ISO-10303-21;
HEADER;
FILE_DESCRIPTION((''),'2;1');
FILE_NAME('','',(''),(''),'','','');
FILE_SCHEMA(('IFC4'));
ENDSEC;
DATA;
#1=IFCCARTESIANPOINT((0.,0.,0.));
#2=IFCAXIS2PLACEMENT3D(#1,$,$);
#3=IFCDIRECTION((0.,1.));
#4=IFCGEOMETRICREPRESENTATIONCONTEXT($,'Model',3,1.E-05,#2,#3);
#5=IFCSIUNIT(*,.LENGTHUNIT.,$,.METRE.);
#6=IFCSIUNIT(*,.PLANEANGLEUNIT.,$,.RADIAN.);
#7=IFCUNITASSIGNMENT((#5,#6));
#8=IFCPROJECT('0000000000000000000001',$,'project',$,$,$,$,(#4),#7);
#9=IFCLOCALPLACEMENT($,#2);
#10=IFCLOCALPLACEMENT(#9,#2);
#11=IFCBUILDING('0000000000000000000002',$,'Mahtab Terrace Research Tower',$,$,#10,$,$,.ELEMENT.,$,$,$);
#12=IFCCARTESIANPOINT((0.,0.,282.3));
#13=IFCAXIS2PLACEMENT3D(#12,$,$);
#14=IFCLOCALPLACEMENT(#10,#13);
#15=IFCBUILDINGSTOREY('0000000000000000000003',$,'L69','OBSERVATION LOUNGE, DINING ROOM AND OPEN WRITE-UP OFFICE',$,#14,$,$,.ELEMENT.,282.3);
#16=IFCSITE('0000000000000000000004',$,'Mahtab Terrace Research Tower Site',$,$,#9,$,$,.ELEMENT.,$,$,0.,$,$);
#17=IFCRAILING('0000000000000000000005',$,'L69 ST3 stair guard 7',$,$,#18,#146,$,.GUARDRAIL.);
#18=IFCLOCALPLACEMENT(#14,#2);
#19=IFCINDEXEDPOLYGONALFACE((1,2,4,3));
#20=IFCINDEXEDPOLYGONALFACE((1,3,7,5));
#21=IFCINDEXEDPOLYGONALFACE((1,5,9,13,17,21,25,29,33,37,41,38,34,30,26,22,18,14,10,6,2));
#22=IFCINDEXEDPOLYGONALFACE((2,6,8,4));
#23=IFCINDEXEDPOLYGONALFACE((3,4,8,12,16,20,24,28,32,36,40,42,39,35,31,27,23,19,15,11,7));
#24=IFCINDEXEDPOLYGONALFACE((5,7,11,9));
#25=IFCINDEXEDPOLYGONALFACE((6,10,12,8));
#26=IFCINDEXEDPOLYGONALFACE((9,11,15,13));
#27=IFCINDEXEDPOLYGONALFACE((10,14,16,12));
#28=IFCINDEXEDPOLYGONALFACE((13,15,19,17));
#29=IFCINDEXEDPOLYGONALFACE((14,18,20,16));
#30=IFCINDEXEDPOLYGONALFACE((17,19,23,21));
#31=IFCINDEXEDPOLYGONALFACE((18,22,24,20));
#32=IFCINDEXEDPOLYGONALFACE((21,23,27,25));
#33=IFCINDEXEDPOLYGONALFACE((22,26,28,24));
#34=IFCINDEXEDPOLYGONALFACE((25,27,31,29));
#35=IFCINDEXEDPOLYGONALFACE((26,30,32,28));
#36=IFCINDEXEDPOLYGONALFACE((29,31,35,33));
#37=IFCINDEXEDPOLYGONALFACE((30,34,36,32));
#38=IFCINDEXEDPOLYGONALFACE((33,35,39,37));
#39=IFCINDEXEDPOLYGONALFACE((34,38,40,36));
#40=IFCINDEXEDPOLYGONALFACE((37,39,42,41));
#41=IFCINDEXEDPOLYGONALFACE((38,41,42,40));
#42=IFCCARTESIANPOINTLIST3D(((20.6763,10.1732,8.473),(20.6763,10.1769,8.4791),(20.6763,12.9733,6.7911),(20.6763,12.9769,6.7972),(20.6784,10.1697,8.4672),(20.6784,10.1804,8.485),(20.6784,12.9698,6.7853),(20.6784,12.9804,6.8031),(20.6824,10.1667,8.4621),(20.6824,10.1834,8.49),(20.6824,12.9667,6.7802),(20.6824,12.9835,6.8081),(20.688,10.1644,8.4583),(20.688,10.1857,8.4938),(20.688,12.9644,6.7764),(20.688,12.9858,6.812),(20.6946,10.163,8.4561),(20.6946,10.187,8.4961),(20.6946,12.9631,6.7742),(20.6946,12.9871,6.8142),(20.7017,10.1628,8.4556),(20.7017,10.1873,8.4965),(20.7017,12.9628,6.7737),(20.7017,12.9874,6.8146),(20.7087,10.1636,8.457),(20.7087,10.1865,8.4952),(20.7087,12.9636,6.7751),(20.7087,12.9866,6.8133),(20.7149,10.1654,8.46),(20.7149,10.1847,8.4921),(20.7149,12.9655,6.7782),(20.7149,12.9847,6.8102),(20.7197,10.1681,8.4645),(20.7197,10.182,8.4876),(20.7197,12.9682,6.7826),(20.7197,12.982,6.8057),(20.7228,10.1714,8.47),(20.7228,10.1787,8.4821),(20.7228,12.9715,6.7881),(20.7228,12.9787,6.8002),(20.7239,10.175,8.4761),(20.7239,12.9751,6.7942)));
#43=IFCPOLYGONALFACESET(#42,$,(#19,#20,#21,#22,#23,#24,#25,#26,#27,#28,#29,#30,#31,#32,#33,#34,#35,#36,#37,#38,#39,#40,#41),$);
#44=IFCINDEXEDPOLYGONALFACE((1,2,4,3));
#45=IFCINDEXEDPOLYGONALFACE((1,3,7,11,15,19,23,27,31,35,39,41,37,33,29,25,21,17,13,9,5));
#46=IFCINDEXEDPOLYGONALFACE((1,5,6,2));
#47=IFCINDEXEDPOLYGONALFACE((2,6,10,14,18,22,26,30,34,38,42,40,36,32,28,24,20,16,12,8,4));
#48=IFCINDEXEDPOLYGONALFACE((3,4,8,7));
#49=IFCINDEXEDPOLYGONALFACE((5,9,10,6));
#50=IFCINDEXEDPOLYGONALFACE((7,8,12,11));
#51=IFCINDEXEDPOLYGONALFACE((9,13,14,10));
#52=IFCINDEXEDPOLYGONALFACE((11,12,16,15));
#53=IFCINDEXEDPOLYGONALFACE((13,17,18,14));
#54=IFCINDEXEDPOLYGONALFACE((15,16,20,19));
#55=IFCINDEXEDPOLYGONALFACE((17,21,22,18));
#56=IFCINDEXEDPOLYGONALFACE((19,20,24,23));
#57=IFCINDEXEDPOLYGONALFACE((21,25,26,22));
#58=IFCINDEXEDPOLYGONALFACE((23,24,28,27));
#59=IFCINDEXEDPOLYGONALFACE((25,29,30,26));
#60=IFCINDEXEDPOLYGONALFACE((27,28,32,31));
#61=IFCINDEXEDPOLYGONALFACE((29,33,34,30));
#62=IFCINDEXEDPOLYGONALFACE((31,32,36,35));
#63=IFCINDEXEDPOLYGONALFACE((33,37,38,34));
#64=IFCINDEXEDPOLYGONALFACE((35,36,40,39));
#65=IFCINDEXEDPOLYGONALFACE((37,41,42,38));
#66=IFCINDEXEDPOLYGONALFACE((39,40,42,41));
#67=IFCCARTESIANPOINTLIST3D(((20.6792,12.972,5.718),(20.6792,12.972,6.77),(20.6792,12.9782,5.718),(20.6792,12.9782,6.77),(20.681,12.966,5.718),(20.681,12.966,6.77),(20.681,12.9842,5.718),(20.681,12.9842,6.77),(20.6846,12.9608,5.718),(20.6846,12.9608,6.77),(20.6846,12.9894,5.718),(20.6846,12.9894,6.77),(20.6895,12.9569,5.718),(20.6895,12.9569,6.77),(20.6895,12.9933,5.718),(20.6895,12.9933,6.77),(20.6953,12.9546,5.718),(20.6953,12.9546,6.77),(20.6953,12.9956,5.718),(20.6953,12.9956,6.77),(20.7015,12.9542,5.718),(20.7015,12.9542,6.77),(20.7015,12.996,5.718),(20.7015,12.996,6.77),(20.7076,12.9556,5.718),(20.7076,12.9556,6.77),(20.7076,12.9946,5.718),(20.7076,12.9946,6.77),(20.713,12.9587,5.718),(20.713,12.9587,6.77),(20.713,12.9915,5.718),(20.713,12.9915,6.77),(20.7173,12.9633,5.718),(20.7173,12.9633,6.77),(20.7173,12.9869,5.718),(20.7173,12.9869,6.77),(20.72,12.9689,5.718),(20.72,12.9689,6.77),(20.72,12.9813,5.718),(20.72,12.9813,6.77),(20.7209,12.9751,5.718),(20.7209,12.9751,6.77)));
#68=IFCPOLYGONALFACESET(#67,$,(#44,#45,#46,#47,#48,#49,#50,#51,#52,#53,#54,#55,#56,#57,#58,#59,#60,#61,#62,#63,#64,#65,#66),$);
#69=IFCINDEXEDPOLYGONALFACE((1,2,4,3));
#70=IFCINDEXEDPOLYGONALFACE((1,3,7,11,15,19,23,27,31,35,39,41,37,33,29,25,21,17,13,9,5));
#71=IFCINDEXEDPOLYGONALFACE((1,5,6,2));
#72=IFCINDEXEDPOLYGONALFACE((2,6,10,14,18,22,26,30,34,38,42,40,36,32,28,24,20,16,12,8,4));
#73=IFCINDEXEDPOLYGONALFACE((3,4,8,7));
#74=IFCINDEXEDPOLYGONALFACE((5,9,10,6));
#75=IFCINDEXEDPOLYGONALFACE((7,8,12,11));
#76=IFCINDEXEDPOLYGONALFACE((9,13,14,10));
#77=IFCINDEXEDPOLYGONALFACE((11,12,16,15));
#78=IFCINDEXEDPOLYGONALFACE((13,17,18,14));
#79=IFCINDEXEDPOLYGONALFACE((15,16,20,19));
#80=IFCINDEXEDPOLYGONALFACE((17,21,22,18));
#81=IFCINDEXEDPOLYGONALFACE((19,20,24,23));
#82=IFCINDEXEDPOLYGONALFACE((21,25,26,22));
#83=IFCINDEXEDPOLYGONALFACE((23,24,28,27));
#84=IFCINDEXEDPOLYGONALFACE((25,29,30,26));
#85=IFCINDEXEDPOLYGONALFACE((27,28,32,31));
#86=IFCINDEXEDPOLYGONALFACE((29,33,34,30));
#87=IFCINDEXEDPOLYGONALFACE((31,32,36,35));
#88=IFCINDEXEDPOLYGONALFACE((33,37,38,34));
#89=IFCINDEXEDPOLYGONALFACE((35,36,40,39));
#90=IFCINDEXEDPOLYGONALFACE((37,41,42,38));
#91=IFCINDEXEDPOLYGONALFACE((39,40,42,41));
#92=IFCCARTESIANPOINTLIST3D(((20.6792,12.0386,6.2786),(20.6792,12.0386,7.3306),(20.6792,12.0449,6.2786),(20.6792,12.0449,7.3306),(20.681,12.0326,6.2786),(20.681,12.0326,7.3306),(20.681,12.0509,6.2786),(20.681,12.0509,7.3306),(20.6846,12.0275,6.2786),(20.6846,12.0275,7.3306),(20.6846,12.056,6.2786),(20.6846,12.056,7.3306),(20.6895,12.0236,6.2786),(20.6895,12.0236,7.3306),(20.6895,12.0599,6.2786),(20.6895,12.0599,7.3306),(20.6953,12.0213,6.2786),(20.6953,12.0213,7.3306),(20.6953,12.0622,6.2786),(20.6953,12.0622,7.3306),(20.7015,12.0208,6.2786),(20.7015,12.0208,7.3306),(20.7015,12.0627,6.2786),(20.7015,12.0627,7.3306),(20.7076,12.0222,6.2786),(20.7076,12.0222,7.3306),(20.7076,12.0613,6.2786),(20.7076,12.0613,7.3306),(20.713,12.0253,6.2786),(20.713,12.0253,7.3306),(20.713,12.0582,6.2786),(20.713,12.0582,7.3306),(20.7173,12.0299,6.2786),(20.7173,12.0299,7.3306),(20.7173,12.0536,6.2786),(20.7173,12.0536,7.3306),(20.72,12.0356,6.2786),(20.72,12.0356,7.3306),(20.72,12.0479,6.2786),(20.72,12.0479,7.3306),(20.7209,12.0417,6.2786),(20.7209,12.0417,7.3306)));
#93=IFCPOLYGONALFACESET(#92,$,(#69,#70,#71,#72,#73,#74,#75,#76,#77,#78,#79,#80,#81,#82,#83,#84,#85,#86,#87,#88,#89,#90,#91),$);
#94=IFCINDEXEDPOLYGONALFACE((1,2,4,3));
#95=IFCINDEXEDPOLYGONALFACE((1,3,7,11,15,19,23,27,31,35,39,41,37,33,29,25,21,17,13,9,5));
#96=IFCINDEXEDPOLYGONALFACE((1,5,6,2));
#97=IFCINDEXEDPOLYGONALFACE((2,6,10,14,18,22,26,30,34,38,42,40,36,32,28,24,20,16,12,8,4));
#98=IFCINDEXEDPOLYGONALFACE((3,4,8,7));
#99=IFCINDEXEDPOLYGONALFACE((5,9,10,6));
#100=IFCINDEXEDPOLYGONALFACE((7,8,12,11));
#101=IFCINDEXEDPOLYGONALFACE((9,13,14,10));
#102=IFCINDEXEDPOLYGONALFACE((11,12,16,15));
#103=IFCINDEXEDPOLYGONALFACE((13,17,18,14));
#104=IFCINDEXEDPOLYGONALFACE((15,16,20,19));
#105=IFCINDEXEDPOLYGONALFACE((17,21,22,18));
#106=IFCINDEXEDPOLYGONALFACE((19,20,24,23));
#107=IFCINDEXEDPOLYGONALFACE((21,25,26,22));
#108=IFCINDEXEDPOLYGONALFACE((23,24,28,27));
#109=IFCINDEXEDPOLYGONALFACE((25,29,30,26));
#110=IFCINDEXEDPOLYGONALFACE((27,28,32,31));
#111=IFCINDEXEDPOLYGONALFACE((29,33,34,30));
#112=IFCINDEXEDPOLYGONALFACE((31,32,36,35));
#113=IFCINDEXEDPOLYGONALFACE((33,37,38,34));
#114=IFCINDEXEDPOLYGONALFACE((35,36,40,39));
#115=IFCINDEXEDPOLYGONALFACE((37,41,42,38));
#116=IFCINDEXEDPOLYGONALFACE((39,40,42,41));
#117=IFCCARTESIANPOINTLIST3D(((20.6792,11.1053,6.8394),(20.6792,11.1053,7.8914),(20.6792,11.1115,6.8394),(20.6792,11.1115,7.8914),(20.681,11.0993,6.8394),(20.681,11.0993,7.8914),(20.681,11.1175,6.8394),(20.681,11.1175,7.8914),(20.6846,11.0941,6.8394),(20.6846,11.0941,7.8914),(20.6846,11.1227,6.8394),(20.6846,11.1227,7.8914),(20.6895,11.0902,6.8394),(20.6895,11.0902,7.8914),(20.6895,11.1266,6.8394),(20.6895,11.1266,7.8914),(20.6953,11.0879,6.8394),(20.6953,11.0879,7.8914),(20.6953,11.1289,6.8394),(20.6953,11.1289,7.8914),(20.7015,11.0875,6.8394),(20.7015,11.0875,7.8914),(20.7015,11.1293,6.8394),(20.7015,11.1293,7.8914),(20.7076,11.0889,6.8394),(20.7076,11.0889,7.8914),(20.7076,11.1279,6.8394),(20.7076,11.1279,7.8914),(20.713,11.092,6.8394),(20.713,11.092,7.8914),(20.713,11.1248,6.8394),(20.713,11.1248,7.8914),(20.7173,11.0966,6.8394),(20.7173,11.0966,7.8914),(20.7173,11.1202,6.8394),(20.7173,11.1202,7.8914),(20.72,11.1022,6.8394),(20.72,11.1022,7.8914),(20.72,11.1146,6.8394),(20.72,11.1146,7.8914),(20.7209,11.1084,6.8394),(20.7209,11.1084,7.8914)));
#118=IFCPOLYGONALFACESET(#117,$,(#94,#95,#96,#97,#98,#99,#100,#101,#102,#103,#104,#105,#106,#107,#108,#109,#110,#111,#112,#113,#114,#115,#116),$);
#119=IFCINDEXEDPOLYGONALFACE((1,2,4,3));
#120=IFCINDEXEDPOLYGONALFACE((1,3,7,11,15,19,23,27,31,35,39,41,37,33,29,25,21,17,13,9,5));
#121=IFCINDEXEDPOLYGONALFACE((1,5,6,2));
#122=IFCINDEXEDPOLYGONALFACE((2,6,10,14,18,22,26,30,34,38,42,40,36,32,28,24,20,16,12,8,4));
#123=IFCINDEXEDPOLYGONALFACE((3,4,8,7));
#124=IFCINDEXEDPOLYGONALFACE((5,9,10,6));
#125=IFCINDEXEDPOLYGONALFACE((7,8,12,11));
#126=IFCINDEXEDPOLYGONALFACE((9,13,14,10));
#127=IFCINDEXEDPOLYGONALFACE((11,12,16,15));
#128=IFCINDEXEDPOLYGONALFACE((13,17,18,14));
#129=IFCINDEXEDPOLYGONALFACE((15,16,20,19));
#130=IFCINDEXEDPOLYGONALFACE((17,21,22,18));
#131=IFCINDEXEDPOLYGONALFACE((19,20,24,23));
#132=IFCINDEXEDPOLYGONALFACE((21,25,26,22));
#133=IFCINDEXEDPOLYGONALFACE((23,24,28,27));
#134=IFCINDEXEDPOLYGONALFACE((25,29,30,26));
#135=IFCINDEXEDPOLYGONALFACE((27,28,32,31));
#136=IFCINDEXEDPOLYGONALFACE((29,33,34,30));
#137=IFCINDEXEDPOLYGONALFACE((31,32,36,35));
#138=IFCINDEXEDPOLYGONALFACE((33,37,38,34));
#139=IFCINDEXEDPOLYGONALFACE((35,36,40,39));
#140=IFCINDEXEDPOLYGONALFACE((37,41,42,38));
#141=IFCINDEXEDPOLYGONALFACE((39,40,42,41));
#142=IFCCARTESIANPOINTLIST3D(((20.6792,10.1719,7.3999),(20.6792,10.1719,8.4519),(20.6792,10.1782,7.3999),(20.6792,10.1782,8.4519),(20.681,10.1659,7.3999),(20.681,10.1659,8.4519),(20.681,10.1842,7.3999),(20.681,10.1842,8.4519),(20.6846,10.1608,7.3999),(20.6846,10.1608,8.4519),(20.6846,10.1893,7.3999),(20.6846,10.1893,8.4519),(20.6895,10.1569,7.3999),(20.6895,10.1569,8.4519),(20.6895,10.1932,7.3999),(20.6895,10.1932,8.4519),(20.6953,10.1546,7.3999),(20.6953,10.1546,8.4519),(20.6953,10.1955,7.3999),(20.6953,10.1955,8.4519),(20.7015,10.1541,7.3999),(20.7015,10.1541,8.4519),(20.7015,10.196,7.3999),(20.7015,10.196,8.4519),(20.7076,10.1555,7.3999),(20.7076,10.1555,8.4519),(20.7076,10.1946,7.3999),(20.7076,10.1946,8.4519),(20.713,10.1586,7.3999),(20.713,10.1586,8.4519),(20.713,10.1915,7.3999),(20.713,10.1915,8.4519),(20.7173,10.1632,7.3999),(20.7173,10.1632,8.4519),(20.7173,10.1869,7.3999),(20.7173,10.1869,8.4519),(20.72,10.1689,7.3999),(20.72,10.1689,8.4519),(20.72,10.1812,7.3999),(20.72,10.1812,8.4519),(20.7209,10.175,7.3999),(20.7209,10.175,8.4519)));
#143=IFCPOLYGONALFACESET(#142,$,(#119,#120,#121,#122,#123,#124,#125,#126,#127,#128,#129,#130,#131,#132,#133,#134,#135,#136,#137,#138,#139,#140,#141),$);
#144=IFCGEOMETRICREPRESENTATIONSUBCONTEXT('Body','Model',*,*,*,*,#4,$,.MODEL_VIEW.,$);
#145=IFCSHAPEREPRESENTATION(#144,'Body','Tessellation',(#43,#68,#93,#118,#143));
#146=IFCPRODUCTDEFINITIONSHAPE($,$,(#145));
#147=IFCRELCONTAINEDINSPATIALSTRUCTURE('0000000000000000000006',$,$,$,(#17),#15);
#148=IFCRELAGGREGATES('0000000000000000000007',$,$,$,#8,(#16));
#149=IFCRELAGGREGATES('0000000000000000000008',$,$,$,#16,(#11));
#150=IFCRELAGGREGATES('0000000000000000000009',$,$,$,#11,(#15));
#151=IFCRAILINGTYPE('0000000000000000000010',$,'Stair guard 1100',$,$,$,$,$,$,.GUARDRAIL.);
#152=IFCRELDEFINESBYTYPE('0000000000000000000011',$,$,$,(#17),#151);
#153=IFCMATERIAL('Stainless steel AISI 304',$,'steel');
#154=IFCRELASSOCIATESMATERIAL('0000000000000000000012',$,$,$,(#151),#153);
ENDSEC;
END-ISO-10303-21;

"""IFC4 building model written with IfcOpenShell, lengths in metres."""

from ifc_helpers import new_model, si_unit, direction, frame, origin, origin_2d, place, context, subcontext, project, spatial, circle, extrude, material, type_object, element, save


model = new_model("IFC4")

# Units and contexts
model_context = context("Model", 3, precision=1e-05, world=origin(), true_north=direction((0.0, 1.0)))
body_context = subcontext(model_context, "Body", "Model", "MODEL_VIEW")
ifc_project = project(units=[si_unit("LENGTHUNIT", "METRE"), si_unit("PLANEANGLEUNIT", "RADIAN")], contexts=[model_context])

# Site, building, storey
site_placement = place(None, origin())
site = spatial("IfcSite", under=ifc_project, at=site_placement, Name="Mahtab Terrace Research Tower Site", CompositionType="ELEMENT", RefElevation=0.0)
building_placement = place(site_placement, origin())
building = spatial("IfcBuilding", under=site, at=building_placement, Name="Mahtab Terrace Research Tower", CompositionType="ELEMENT")
storey_placement = place(building_placement, frame((0.0, 0.0, 282.3)))
storey = spatial("IfcBuildingStorey", under=building, at=storey_placement, Name="L69", Description="OBSERVATION LOUNGE, DINING ROOM AND OPEN WRITE-UP OFFICE", CompositionType="ELEMENT", Elevation=282.3)

# Railing
ifc_material_1 = material(Name="Stainless steel AISI 304", Category="steel")
railing_type_1 = type_object("IfcRailingType", Name="Stair guard 1100", PredefinedType="GUARDRAIL", material=ifc_material_1)
railing_1_placement = place(storey_placement, frame((20.7, 12.9751, 5.718)))
element("IfcRailing", 1, at=railing_1_placement, inside=storey, type_object=railing_type_1, Name="L69 ST3 stair guard 7", PredefinedType="GUARDRAIL", context=body_context, shape_type="SweptSolid", body=[
    extrude(circle(Radius=0.0239, at=origin_2d()), frame((0.0, 0.0, 1.0762), z_axis=(0.0, -0.857242, 0.514913), x_axis=(1.0, 0.0, 0.0)), (0.0, 0.0, 1.0), 3.2664),
    extrude(circle(Radius=0.021, at=origin_2d()), origin(), (0.0, 0.0, 1.0), 1.052),
    extrude(circle(Radius=0.021, at=origin_2d()), frame((0.0, -0.9333, 0.5605)), (0.0, 0.0, 1.0), 1.052),
    extrude(circle(Radius=0.021, at=origin_2d()), frame((0.0, -1.8667, 1.1213)), (0.0, 0.0, 1.0), 1.052),
    extrude(circle(Radius=0.021, at=origin_2d()), frame((0.0, -2.8, 1.6819)), (0.0, 0.0, 1.0), 1.052),
])

save(model, "model.ifc")
